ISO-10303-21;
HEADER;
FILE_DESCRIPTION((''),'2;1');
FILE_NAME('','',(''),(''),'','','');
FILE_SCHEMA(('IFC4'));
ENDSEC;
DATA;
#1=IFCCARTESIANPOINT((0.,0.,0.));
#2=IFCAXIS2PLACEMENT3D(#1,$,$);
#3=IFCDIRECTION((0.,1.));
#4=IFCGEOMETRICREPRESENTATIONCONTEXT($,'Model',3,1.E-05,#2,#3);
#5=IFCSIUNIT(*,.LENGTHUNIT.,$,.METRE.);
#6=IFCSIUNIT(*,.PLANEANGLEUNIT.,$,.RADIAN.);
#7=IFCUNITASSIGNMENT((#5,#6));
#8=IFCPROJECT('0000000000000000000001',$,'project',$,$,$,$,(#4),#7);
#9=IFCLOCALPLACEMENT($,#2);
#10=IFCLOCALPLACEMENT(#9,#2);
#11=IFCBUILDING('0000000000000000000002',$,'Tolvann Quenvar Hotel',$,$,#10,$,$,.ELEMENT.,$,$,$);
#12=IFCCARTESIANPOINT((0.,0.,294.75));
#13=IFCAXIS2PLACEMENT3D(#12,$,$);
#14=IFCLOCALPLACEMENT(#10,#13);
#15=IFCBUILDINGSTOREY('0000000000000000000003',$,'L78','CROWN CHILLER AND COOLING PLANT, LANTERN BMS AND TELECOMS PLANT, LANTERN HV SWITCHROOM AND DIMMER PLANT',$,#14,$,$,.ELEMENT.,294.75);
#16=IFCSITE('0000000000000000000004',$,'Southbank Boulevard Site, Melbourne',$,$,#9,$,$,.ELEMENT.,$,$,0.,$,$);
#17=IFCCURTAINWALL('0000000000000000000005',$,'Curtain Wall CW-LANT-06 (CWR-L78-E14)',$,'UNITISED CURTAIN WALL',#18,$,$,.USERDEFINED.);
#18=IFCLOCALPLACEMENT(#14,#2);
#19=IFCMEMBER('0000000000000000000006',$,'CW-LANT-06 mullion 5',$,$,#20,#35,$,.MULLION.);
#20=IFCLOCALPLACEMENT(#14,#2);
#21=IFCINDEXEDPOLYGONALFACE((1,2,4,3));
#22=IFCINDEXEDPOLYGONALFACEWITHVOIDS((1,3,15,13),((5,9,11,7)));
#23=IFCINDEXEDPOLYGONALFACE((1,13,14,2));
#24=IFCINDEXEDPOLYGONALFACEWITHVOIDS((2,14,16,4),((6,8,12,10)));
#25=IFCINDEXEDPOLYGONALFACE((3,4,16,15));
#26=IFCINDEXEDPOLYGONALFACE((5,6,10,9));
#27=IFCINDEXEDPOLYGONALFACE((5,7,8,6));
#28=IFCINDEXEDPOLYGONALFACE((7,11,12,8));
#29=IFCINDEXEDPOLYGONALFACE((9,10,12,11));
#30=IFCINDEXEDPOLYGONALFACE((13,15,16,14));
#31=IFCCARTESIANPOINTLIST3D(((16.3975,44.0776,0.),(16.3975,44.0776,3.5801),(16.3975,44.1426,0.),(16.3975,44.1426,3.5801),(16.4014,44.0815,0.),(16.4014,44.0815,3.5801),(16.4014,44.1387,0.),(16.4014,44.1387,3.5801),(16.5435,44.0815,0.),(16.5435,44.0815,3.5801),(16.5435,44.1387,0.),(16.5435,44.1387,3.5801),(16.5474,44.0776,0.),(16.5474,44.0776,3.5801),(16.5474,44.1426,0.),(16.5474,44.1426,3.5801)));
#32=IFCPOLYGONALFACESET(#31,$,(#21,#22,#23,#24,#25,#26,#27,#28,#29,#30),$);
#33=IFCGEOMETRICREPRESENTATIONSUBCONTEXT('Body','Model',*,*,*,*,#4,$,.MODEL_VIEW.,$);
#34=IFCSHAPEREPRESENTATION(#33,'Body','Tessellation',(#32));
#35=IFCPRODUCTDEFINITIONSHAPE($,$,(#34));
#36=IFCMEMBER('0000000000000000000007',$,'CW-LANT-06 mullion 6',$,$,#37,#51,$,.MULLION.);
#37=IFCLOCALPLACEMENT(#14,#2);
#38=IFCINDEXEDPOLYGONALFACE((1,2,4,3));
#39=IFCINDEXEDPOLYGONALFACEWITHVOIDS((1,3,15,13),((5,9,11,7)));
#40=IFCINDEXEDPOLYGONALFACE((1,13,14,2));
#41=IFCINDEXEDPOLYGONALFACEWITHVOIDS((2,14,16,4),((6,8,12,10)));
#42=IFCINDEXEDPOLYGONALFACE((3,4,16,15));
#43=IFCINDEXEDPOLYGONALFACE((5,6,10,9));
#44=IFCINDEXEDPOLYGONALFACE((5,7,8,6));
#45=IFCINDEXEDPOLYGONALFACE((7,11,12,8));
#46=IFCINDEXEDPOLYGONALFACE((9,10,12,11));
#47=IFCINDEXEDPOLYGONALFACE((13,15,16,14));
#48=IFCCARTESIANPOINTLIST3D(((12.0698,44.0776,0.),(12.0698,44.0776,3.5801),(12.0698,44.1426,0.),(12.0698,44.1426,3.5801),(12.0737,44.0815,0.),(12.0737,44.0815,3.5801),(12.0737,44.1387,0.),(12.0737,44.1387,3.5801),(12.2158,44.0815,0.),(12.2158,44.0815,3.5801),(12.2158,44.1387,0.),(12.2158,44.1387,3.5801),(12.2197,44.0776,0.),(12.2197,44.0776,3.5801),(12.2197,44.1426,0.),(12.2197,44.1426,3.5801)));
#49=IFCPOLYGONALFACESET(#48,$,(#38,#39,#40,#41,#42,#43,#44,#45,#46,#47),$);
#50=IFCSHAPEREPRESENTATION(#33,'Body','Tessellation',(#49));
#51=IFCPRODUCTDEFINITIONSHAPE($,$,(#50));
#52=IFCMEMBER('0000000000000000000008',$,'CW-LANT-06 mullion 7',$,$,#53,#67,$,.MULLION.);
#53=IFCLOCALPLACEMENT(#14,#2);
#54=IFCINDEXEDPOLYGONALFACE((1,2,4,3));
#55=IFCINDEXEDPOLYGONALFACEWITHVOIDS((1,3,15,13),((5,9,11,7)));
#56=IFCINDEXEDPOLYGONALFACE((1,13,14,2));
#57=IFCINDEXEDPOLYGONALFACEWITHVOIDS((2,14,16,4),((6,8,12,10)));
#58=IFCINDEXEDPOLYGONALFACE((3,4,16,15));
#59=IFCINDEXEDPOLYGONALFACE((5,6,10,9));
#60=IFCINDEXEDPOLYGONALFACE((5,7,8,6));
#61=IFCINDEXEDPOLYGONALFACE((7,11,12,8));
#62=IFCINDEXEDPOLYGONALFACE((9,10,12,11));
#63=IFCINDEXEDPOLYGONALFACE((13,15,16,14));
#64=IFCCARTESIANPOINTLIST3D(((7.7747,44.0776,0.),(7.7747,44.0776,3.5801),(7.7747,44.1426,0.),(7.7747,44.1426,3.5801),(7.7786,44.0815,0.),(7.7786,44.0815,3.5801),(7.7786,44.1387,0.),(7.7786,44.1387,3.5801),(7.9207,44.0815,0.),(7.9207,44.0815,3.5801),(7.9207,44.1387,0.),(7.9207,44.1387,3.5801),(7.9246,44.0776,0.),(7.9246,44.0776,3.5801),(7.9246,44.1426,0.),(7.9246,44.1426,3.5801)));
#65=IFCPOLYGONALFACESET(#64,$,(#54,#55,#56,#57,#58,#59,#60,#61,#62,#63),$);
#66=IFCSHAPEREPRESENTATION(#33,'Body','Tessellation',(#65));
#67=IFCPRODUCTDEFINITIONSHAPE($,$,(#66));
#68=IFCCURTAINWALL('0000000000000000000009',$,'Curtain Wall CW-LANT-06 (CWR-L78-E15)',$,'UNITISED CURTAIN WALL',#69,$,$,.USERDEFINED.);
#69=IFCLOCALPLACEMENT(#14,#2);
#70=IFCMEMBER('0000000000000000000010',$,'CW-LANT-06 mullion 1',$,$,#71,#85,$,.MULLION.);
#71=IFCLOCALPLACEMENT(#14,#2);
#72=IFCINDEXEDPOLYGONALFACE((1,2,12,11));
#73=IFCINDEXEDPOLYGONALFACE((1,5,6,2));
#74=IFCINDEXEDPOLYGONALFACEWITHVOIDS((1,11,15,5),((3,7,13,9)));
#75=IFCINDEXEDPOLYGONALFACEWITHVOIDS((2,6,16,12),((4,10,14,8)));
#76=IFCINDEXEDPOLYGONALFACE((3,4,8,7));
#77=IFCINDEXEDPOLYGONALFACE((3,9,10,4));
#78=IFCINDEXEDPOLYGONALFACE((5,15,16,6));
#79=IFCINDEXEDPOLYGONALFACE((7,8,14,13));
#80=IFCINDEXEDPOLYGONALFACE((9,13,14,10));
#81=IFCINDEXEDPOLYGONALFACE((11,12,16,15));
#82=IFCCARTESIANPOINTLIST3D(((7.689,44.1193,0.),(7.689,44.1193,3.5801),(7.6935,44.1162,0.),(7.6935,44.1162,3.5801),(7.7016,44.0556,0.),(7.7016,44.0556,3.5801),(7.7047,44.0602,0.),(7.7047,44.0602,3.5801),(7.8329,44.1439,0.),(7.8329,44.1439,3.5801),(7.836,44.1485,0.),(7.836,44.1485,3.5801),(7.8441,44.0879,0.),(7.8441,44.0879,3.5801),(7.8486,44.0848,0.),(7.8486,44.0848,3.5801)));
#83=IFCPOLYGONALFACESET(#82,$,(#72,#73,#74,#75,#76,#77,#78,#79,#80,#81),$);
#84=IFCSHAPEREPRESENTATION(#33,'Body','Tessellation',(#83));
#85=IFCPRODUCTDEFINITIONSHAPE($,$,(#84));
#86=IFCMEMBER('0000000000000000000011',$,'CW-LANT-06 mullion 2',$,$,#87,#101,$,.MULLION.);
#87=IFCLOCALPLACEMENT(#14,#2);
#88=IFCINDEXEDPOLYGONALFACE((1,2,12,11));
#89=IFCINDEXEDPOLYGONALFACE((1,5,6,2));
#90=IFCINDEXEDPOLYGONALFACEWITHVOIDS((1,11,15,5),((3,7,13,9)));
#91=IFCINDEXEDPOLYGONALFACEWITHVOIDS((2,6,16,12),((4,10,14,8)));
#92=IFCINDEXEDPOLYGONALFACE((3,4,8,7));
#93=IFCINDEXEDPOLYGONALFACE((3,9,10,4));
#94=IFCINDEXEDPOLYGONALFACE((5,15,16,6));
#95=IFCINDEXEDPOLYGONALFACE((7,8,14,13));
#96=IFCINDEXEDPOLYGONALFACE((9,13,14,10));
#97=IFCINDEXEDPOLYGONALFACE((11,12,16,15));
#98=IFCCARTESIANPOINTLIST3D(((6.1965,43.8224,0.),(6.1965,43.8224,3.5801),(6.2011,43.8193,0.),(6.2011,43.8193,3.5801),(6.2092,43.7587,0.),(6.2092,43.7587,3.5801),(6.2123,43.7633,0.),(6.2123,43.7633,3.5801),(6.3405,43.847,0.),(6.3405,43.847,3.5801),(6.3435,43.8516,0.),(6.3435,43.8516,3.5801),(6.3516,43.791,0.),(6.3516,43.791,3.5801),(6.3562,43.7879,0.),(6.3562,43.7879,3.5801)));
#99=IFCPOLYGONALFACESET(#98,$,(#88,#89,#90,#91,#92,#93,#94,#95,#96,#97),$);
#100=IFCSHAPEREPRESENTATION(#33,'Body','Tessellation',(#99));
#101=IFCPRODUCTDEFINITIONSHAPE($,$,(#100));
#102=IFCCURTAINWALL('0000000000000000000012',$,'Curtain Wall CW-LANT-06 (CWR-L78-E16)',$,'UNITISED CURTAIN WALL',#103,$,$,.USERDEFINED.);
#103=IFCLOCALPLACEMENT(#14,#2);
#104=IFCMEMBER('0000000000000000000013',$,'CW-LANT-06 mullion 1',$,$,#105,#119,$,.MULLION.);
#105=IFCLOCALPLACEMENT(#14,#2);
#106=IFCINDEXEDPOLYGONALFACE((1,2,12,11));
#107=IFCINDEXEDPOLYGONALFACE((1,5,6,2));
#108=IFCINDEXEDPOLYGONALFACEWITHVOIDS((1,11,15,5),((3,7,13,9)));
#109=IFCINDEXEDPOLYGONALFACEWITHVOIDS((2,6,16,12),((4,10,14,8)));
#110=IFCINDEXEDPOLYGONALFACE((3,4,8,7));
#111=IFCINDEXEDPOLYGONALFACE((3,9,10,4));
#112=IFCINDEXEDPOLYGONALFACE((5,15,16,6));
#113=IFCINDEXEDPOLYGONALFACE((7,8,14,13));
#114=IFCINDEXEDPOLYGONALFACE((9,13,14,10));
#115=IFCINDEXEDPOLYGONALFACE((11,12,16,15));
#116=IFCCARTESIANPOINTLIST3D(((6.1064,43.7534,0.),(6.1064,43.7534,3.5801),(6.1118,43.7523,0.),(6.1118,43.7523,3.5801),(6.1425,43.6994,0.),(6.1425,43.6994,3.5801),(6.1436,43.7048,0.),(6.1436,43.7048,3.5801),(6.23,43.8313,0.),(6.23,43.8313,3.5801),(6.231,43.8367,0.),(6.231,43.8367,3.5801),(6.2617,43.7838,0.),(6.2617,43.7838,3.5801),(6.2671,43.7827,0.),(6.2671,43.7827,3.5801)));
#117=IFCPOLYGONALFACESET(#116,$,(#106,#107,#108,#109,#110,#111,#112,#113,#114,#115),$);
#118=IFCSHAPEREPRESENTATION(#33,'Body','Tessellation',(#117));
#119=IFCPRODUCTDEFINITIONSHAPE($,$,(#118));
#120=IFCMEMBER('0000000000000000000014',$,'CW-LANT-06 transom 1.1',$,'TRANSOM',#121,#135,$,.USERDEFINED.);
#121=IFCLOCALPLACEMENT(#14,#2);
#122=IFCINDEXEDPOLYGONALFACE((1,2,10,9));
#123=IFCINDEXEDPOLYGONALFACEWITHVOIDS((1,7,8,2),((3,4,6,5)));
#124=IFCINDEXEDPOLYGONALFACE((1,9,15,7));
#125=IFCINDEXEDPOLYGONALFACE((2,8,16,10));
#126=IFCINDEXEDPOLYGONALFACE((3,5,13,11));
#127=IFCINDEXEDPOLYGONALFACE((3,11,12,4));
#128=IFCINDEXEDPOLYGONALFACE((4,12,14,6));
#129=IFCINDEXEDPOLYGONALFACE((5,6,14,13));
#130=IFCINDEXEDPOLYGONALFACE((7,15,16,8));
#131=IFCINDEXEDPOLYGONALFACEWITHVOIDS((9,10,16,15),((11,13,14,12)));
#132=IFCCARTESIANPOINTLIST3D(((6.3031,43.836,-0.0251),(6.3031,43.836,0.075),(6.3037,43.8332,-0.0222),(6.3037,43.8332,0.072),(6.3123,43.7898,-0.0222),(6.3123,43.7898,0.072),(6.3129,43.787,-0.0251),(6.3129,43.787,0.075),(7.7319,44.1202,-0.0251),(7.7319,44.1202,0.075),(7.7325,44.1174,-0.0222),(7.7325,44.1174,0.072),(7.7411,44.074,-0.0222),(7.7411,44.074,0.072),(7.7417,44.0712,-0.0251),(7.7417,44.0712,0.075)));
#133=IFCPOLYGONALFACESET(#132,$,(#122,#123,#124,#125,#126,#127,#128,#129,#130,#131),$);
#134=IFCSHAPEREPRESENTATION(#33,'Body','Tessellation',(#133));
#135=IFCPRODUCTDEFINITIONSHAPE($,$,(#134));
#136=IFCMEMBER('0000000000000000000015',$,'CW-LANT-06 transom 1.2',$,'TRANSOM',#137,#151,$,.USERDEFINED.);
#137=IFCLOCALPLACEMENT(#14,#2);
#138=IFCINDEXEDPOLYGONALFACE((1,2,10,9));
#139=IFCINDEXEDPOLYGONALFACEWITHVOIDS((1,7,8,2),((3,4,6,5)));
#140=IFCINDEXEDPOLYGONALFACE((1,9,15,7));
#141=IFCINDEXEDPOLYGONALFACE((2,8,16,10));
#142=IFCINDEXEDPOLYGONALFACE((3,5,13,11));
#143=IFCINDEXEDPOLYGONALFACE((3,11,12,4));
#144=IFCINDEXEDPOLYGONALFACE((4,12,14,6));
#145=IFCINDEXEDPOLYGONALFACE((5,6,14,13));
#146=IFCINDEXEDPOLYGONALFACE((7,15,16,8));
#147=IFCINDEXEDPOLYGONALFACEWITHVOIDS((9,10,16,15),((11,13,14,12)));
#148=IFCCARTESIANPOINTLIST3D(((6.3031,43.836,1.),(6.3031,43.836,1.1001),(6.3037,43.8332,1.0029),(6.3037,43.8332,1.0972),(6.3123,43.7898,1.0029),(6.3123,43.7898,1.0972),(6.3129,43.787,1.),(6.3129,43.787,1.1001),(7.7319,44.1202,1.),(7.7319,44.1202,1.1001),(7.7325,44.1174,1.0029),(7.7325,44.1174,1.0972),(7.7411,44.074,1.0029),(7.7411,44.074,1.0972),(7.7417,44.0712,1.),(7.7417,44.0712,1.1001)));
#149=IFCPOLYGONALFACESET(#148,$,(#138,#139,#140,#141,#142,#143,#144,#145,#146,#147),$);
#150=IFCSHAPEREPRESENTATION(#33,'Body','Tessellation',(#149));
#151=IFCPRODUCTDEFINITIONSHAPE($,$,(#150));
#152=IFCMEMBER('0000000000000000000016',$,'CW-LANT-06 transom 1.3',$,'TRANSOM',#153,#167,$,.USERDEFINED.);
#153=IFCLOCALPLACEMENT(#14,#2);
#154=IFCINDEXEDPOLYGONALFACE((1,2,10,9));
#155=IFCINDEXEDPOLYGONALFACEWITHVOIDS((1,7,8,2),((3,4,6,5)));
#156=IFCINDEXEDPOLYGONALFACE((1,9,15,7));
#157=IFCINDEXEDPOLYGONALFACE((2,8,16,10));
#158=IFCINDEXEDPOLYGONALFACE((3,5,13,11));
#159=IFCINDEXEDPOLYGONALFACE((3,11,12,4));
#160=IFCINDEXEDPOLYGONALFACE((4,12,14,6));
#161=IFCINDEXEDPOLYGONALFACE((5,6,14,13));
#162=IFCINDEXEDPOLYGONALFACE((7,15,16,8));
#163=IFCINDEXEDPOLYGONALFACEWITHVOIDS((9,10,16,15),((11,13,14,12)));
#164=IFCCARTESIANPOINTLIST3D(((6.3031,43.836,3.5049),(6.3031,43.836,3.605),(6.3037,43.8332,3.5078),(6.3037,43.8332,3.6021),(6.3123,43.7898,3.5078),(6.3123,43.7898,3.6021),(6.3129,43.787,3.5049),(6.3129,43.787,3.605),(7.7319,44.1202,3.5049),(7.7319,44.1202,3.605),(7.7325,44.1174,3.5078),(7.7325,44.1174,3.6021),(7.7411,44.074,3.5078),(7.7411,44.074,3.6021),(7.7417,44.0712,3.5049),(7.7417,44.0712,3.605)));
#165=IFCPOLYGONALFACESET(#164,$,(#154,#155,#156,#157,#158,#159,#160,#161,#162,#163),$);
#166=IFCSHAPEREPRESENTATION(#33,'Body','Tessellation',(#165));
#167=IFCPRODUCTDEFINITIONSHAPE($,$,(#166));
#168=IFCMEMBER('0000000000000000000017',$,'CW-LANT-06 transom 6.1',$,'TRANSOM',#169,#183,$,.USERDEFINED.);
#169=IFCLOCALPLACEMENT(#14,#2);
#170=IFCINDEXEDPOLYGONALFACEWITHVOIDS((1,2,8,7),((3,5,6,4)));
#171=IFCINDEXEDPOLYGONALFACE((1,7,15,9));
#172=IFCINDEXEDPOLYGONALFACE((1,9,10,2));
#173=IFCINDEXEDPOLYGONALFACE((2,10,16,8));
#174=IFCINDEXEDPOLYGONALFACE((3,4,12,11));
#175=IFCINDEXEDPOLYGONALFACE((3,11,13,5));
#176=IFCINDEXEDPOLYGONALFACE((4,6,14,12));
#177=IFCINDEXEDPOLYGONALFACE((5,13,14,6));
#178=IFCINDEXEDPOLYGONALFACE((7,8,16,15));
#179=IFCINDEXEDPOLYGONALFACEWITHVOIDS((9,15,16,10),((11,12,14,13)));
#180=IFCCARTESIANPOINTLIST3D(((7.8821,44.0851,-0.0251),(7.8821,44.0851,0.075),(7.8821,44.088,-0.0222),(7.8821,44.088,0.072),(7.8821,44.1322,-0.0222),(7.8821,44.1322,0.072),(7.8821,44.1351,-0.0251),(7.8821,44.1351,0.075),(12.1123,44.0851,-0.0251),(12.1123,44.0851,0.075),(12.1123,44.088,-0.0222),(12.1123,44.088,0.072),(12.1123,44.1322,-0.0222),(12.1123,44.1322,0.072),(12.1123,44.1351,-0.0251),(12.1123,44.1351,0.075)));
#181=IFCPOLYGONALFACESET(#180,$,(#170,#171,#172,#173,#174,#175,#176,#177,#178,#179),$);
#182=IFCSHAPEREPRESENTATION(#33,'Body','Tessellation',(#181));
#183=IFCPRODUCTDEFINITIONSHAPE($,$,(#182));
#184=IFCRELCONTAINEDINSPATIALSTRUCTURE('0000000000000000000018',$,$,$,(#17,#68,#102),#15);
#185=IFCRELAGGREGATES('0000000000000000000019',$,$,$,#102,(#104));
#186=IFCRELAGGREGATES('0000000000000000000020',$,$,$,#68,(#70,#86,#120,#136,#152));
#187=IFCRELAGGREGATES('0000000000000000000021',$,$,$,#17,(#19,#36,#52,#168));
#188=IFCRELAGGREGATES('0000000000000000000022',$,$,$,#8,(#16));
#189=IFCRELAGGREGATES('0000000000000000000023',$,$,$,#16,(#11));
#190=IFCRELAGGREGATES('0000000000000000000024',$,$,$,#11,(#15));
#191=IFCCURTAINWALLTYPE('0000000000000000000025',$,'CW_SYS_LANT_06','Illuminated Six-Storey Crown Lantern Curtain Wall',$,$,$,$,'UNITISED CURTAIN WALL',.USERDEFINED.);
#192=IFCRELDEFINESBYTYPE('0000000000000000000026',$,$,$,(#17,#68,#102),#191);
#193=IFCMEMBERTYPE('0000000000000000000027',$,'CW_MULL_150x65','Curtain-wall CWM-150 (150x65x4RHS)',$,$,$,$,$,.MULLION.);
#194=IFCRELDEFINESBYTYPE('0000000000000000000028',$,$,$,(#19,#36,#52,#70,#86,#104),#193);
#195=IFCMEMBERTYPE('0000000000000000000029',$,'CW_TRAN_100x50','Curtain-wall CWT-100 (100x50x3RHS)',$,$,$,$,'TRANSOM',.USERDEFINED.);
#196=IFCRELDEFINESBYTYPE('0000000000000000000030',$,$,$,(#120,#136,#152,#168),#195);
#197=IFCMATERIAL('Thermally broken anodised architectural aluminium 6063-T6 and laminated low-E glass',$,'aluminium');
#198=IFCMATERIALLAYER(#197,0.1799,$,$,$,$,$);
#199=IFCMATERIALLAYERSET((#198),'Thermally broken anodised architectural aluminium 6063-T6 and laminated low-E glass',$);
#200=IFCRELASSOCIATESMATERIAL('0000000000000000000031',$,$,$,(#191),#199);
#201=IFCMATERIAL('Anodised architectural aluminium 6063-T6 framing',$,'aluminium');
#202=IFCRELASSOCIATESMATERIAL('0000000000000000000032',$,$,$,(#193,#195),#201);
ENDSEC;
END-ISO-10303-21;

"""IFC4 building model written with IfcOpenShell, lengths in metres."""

from ifc_helpers import new_model, si_unit, direction, frame, origin, origin_2d, place, context, subcontext, project, spatial, hollow_rectangle, extrude, source, transform, mapped, material, layer, layer_set, material_profile, profile_set, type_object, type_shapes, element, aggregate, save


model = new_model("IFC4")

# Units and contexts
model_context = context("Model", 3, precision=1e-05, world=origin(), true_north=direction((0.0, 1.0)))
body_context = subcontext(model_context, "Body", "Model", "MODEL_VIEW")
ifc_project = project(units=[si_unit("LENGTHUNIT", "METRE"), si_unit("PLANEANGLEUNIT", "RADIAN")], contexts=[model_context])

# Site, building, storey
site_placement = place(None, origin())
site = spatial("IfcSite", under=ifc_project, at=site_placement, Name="Southbank Boulevard Site, Melbourne", CompositionType="ELEMENT", RefElevation=0.0)
building_placement = place(site_placement, origin())
building = spatial("IfcBuilding", under=site, at=building_placement, Name="Tolvann Quenvar Hotel", CompositionType="ELEMENT")
storey_placement = place(building_placement, frame((0.0, 0.0, 294.75)))
storey = spatial("IfcBuildingStorey", under=building, at=storey_placement, Name="L78", Description="CROWN CHILLER AND COOLING PLANT, LANTERN BMS AND TELECOMS PLANT, LANTERN HV SWITCHROOM AND DIMMER PLANT", CompositionType="ELEMENT", Elevation=294.75)

# Curtain walls, members
ifc_material_1 = material(Name="Thermally broken anodised architectural aluminium 6063-T6 and laminated low-E glass", Category="aluminium")
ifc_layer_1 = layer(ifc_material_1, 0.1799)
ifc_layer_set_1 = layer_set([ifc_layer_1], Name="Thermally broken anodised architectural aluminium 6063-T6 and laminated low-E glass")
curtain_wall_type = type_object("IfcCurtainWallType", Name="CW_SYS_LANT_06", Description="Illuminated Six-Storey Crown Lantern Curtain Wall", ElementType="UNITISED CURTAIN WALL", PredefinedType="USERDEFINED", material=ifc_layer_set_1)
curtain_wall_1_placement = place(storey_placement, origin())
curtain_wall_1 = element("IfcCurtainWall", 1, at=curtain_wall_1_placement, inside=storey, type_object=curtain_wall_type, Name="Curtain Wall CW-LANT-06 (CWR-L78-E14)", ObjectType="UNITISED CURTAIN WALL", PredefinedType="USERDEFINED")
ifc_material_2 = material(Name="Anodised architectural aluminium 6063-T6 framing", Category="aluminium")
ifc_material_profile_1 = material_profile(ifc_material_2, hollow_rectangle(XDim=0.0649, YDim=0.1499, WallThickness=0.0039, at=origin_2d()), Name="150x65x4RHS")
ifc_profile_set_1 = profile_set([ifc_material_profile_1], Name="Anodised architectural aluminium 6063-T6 framing")
member_type_1 = type_object("IfcMemberType", Name="CW_MULL_150x65", Description="Curtain-wall CWM-150 (150x65x4RHS)", PredefinedType="MULLION", material=ifc_profile_set_1)
shared_shape_1 = source(origin(), body_context, "Body", "SweptSolid", [
    extrude(hollow_rectangle(XDim=0.0649, YDim=0.1499, WallThickness=0.0039, at=origin_2d()), origin(), (0.0, 0.0, 1.0), 3.5801),
])
type_shapes(member_type_1, [shared_shape_1])
member_1_placement = place(storey_placement, frame((16.4724, 44.1101, 0.0), z_axis=(0.0, 0.0, 1.0), x_axis=(0.0, -1.0, 0.0)))
member_1 = element("IfcMember", 2, at=member_1_placement, type_object=member_type_1, Name="CW-LANT-06 mullion 5", PredefinedType="MULLION", context=body_context, shape_type="MappedRepresentation", body=[
    mapped(shared_shape_1, transform((0.0, 0.0, 0.0), x_axis=(1.0, 0.0, 0.0), y_axis=(0.0, 1.0, 0.0), z_axis=(0.0, 0.0, 1.0), scale=1.0)),
])
member_2_placement = place(storey_placement, frame((12.1448, 44.1101, 0.0), z_axis=(0.0, 0.0, 1.0), x_axis=(0.0, -1.0, 0.0)))
member_2 = element("IfcMember", 3, at=member_2_placement, type_object=member_type_1, Name="CW-LANT-06 mullion 6", PredefinedType="MULLION", context=body_context, shape_type="MappedRepresentation", body=[
    mapped(shared_shape_1, transform((0.0, 0.0, 0.0), x_axis=(1.0, 0.0, 0.0), y_axis=(0.0, 1.0, 0.0), z_axis=(0.0, 0.0, 1.0), scale=1.0)),
])
member_3_placement = place(storey_placement, frame((7.8496, 44.1101, 0.0), z_axis=(0.0, 0.0, 1.0), x_axis=(0.0, -1.0, 0.0)))
member_3 = element("IfcMember", 4, at=member_3_placement, type_object=member_type_1, Name="CW-LANT-06 mullion 7", PredefinedType="MULLION", context=body_context, shape_type="MappedRepresentation", body=[
    mapped(shared_shape_1, transform((0.0, 0.0, 0.0), x_axis=(1.0, 0.0, 0.0), y_axis=(0.0, 1.0, 0.0), z_axis=(0.0, 0.0, 1.0), scale=1.0)),
])
curtain_wall_2_placement = place(storey_placement, origin())
curtain_wall_2 = element("IfcCurtainWall", 5, at=curtain_wall_2_placement, inside=storey, type_object=curtain_wall_type, Name="Curtain Wall CW-LANT-06 (CWR-L78-E15)", ObjectType="UNITISED CURTAIN WALL", PredefinedType="USERDEFINED")
member_4_placement = place(storey_placement, frame((7.7688, 44.1021, 0.0), z_axis=(0.0, 0.0, 1.0), x_axis=(0.195062, -0.980791, 0.0)))
member_4 = element("IfcMember", 6, at=member_4_placement, type_object=member_type_1, Name="CW-LANT-06 mullion 1", PredefinedType="MULLION", context=body_context, shape_type="MappedRepresentation", body=[
    mapped(shared_shape_1, transform((0.0, 0.0, 0.0), x_axis=(1.0, 0.0, 0.0), y_axis=(0.0, 1.0, 0.0), z_axis=(0.0, 0.0, 1.0), scale=1.0)),
])
member_5_placement = place(storey_placement, frame((6.2764, 43.8052, 0.0), z_axis=(0.0, 0.0, 1.0), x_axis=(0.195062, -0.980791, 0.0)))
member_5 = element("IfcMember", 7, at=member_5_placement, type_object=member_type_1, Name="CW-LANT-06 mullion 2", PredefinedType="MULLION", context=body_context, shape_type="MappedRepresentation", body=[
    mapped(shared_shape_1, transform((0.0, 0.0, 0.0), x_axis=(1.0, 0.0, 0.0), y_axis=(0.0, 1.0, 0.0), z_axis=(0.0, 0.0, 1.0), scale=1.0)),
])

# Curtain wall, member
curtain_wall_3_placement = place(storey_placement, origin())
curtain_wall_3 = element("IfcCurtainWall", 8, at=curtain_wall_3_placement, inside=storey, type_object=curtain_wall_type, Name="Curtain Wall CW-LANT-06 (CWR-L78-E16)", ObjectType="UNITISED CURTAIN WALL", PredefinedType="USERDEFINED")
member_6_placement = place(storey_placement, frame((6.1868, 43.7681, 0.0), z_axis=(0.0, 0.0, 1.0), x_axis=(0.555656, -0.831412, 0.0)))
member_6 = element("IfcMember", 9, at=member_6_placement, type_object=member_type_1, Name="CW-LANT-06 mullion 1", PredefinedType="MULLION", context=body_context, shape_type="MappedRepresentation", body=[
    mapped(shared_shape_1, transform((0.0, 0.0, 0.0), x_axis=(1.0, 0.0, 0.0), y_axis=(0.0, 1.0, 0.0), z_axis=(0.0, 0.0, 1.0), scale=1.0)),
])
aggregate(curtain_wall_3, [member_6])

# Members
ifc_material_profile_2 = material_profile(ifc_material_2, hollow_rectangle(XDim=0.05, YDim=0.1001, WallThickness=0.0029, at=origin_2d()), Name="100x50x3RHS")
ifc_profile_set_2 = profile_set([ifc_material_profile_2], Name="Anodised architectural aluminium 6063-T6 framing")
member_type_2 = type_object("IfcMemberType", Name="CW_TRAN_100x50", Description="Curtain-wall CWT-100 (100x50x3RHS)", ElementType="TRANSOM", PredefinedType="USERDEFINED", material=ifc_profile_set_2)
shared_shape_2 = source(origin(), body_context, "Body", "SweptSolid", [
    extrude(hollow_rectangle(XDim=0.05, YDim=0.1001, WallThickness=0.0029, at=origin_2d()), origin(), (0.0, 0.0, 1.0), 1.4568),
])
member_7_placement = place(storey_placement, frame((7.7368, 44.0957, 0.0249), z_axis=(-0.980786, -0.195085, 0.0), x_axis=(0.195085, -0.980786, 0.0)))
member_7 = element("IfcMember", 10, at=member_7_placement, type_object=member_type_2, Name="CW-LANT-06 transom 1.1", ObjectType="TRANSOM", PredefinedType="USERDEFINED", context=body_context, shape_type="MappedRepresentation", body=[
    mapped(shared_shape_2, transform((0.0, 0.0, 0.0), x_axis=(1.0, 0.0, 0.0), y_axis=(0.0, 1.0, 0.0), z_axis=(0.0, 0.0, 1.0), scale=1.0)),
])
member_8_placement = place(storey_placement, frame((7.7368, 44.0957, 1.05), z_axis=(-0.980786, -0.195085, 0.0), x_axis=(0.195085, -0.980786, 0.0)))
member_8 = element("IfcMember", 11, at=member_8_placement, type_object=member_type_2, Name="CW-LANT-06 transom 1.2", ObjectType="TRANSOM", PredefinedType="USERDEFINED", context=body_context, shape_type="MappedRepresentation", body=[
    mapped(shared_shape_2, transform((0.0, 0.0, 0.0), x_axis=(1.0, 0.0, 0.0), y_axis=(0.0, 1.0, 0.0), z_axis=(0.0, 0.0, 1.0), scale=1.0)),
])
member_9_placement = place(storey_placement, frame((7.7368, 44.0957, 3.5549), z_axis=(-0.980786, -0.195085, 0.0), x_axis=(0.195085, -0.980786, 0.0)))
member_9 = element("IfcMember", 12, at=member_9_placement, type_object=member_type_2, Name="CW-LANT-06 transom 1.3", ObjectType="TRANSOM", PredefinedType="USERDEFINED", context=body_context, shape_type="MappedRepresentation", body=[
    mapped(shared_shape_2, transform((0.0, 0.0, 0.0), x_axis=(1.0, 0.0, 0.0), y_axis=(0.0, 1.0, 0.0), z_axis=(0.0, 0.0, 1.0), scale=1.0)),
])
shared_shape_3 = source(origin(), body_context, "Body", "SweptSolid", [
    extrude(hollow_rectangle(XDim=0.05, YDim=0.1001, WallThickness=0.0029, at=origin_2d()), origin(), (0.0, 0.0, 1.0), 4.2302),
])
member_10_placement = place(storey_placement, frame((12.1123, 44.1101, 0.0249), z_axis=(-1.0, 0.0, 0.0), x_axis=(0.0, -1.0, 0.0)))
member_10 = element("IfcMember", 13, at=member_10_placement, type_object=member_type_2, Name="CW-LANT-06 transom 6.1", ObjectType="TRANSOM", PredefinedType="USERDEFINED", context=body_context, shape_type="MappedRepresentation", body=[
    mapped(shared_shape_3, transform((0.0, 0.0, 0.0), x_axis=(1.0, 0.0, 0.0), y_axis=(0.0, 1.0, 0.0), z_axis=(0.0, 0.0, 1.0), scale=1.0)),
])

aggregate(curtain_wall_2, [member_4, member_5, member_7, member_8, member_9])
aggregate(curtain_wall_1, [member_1, member_2, member_3, member_10])

save(model, "model.ifc")
